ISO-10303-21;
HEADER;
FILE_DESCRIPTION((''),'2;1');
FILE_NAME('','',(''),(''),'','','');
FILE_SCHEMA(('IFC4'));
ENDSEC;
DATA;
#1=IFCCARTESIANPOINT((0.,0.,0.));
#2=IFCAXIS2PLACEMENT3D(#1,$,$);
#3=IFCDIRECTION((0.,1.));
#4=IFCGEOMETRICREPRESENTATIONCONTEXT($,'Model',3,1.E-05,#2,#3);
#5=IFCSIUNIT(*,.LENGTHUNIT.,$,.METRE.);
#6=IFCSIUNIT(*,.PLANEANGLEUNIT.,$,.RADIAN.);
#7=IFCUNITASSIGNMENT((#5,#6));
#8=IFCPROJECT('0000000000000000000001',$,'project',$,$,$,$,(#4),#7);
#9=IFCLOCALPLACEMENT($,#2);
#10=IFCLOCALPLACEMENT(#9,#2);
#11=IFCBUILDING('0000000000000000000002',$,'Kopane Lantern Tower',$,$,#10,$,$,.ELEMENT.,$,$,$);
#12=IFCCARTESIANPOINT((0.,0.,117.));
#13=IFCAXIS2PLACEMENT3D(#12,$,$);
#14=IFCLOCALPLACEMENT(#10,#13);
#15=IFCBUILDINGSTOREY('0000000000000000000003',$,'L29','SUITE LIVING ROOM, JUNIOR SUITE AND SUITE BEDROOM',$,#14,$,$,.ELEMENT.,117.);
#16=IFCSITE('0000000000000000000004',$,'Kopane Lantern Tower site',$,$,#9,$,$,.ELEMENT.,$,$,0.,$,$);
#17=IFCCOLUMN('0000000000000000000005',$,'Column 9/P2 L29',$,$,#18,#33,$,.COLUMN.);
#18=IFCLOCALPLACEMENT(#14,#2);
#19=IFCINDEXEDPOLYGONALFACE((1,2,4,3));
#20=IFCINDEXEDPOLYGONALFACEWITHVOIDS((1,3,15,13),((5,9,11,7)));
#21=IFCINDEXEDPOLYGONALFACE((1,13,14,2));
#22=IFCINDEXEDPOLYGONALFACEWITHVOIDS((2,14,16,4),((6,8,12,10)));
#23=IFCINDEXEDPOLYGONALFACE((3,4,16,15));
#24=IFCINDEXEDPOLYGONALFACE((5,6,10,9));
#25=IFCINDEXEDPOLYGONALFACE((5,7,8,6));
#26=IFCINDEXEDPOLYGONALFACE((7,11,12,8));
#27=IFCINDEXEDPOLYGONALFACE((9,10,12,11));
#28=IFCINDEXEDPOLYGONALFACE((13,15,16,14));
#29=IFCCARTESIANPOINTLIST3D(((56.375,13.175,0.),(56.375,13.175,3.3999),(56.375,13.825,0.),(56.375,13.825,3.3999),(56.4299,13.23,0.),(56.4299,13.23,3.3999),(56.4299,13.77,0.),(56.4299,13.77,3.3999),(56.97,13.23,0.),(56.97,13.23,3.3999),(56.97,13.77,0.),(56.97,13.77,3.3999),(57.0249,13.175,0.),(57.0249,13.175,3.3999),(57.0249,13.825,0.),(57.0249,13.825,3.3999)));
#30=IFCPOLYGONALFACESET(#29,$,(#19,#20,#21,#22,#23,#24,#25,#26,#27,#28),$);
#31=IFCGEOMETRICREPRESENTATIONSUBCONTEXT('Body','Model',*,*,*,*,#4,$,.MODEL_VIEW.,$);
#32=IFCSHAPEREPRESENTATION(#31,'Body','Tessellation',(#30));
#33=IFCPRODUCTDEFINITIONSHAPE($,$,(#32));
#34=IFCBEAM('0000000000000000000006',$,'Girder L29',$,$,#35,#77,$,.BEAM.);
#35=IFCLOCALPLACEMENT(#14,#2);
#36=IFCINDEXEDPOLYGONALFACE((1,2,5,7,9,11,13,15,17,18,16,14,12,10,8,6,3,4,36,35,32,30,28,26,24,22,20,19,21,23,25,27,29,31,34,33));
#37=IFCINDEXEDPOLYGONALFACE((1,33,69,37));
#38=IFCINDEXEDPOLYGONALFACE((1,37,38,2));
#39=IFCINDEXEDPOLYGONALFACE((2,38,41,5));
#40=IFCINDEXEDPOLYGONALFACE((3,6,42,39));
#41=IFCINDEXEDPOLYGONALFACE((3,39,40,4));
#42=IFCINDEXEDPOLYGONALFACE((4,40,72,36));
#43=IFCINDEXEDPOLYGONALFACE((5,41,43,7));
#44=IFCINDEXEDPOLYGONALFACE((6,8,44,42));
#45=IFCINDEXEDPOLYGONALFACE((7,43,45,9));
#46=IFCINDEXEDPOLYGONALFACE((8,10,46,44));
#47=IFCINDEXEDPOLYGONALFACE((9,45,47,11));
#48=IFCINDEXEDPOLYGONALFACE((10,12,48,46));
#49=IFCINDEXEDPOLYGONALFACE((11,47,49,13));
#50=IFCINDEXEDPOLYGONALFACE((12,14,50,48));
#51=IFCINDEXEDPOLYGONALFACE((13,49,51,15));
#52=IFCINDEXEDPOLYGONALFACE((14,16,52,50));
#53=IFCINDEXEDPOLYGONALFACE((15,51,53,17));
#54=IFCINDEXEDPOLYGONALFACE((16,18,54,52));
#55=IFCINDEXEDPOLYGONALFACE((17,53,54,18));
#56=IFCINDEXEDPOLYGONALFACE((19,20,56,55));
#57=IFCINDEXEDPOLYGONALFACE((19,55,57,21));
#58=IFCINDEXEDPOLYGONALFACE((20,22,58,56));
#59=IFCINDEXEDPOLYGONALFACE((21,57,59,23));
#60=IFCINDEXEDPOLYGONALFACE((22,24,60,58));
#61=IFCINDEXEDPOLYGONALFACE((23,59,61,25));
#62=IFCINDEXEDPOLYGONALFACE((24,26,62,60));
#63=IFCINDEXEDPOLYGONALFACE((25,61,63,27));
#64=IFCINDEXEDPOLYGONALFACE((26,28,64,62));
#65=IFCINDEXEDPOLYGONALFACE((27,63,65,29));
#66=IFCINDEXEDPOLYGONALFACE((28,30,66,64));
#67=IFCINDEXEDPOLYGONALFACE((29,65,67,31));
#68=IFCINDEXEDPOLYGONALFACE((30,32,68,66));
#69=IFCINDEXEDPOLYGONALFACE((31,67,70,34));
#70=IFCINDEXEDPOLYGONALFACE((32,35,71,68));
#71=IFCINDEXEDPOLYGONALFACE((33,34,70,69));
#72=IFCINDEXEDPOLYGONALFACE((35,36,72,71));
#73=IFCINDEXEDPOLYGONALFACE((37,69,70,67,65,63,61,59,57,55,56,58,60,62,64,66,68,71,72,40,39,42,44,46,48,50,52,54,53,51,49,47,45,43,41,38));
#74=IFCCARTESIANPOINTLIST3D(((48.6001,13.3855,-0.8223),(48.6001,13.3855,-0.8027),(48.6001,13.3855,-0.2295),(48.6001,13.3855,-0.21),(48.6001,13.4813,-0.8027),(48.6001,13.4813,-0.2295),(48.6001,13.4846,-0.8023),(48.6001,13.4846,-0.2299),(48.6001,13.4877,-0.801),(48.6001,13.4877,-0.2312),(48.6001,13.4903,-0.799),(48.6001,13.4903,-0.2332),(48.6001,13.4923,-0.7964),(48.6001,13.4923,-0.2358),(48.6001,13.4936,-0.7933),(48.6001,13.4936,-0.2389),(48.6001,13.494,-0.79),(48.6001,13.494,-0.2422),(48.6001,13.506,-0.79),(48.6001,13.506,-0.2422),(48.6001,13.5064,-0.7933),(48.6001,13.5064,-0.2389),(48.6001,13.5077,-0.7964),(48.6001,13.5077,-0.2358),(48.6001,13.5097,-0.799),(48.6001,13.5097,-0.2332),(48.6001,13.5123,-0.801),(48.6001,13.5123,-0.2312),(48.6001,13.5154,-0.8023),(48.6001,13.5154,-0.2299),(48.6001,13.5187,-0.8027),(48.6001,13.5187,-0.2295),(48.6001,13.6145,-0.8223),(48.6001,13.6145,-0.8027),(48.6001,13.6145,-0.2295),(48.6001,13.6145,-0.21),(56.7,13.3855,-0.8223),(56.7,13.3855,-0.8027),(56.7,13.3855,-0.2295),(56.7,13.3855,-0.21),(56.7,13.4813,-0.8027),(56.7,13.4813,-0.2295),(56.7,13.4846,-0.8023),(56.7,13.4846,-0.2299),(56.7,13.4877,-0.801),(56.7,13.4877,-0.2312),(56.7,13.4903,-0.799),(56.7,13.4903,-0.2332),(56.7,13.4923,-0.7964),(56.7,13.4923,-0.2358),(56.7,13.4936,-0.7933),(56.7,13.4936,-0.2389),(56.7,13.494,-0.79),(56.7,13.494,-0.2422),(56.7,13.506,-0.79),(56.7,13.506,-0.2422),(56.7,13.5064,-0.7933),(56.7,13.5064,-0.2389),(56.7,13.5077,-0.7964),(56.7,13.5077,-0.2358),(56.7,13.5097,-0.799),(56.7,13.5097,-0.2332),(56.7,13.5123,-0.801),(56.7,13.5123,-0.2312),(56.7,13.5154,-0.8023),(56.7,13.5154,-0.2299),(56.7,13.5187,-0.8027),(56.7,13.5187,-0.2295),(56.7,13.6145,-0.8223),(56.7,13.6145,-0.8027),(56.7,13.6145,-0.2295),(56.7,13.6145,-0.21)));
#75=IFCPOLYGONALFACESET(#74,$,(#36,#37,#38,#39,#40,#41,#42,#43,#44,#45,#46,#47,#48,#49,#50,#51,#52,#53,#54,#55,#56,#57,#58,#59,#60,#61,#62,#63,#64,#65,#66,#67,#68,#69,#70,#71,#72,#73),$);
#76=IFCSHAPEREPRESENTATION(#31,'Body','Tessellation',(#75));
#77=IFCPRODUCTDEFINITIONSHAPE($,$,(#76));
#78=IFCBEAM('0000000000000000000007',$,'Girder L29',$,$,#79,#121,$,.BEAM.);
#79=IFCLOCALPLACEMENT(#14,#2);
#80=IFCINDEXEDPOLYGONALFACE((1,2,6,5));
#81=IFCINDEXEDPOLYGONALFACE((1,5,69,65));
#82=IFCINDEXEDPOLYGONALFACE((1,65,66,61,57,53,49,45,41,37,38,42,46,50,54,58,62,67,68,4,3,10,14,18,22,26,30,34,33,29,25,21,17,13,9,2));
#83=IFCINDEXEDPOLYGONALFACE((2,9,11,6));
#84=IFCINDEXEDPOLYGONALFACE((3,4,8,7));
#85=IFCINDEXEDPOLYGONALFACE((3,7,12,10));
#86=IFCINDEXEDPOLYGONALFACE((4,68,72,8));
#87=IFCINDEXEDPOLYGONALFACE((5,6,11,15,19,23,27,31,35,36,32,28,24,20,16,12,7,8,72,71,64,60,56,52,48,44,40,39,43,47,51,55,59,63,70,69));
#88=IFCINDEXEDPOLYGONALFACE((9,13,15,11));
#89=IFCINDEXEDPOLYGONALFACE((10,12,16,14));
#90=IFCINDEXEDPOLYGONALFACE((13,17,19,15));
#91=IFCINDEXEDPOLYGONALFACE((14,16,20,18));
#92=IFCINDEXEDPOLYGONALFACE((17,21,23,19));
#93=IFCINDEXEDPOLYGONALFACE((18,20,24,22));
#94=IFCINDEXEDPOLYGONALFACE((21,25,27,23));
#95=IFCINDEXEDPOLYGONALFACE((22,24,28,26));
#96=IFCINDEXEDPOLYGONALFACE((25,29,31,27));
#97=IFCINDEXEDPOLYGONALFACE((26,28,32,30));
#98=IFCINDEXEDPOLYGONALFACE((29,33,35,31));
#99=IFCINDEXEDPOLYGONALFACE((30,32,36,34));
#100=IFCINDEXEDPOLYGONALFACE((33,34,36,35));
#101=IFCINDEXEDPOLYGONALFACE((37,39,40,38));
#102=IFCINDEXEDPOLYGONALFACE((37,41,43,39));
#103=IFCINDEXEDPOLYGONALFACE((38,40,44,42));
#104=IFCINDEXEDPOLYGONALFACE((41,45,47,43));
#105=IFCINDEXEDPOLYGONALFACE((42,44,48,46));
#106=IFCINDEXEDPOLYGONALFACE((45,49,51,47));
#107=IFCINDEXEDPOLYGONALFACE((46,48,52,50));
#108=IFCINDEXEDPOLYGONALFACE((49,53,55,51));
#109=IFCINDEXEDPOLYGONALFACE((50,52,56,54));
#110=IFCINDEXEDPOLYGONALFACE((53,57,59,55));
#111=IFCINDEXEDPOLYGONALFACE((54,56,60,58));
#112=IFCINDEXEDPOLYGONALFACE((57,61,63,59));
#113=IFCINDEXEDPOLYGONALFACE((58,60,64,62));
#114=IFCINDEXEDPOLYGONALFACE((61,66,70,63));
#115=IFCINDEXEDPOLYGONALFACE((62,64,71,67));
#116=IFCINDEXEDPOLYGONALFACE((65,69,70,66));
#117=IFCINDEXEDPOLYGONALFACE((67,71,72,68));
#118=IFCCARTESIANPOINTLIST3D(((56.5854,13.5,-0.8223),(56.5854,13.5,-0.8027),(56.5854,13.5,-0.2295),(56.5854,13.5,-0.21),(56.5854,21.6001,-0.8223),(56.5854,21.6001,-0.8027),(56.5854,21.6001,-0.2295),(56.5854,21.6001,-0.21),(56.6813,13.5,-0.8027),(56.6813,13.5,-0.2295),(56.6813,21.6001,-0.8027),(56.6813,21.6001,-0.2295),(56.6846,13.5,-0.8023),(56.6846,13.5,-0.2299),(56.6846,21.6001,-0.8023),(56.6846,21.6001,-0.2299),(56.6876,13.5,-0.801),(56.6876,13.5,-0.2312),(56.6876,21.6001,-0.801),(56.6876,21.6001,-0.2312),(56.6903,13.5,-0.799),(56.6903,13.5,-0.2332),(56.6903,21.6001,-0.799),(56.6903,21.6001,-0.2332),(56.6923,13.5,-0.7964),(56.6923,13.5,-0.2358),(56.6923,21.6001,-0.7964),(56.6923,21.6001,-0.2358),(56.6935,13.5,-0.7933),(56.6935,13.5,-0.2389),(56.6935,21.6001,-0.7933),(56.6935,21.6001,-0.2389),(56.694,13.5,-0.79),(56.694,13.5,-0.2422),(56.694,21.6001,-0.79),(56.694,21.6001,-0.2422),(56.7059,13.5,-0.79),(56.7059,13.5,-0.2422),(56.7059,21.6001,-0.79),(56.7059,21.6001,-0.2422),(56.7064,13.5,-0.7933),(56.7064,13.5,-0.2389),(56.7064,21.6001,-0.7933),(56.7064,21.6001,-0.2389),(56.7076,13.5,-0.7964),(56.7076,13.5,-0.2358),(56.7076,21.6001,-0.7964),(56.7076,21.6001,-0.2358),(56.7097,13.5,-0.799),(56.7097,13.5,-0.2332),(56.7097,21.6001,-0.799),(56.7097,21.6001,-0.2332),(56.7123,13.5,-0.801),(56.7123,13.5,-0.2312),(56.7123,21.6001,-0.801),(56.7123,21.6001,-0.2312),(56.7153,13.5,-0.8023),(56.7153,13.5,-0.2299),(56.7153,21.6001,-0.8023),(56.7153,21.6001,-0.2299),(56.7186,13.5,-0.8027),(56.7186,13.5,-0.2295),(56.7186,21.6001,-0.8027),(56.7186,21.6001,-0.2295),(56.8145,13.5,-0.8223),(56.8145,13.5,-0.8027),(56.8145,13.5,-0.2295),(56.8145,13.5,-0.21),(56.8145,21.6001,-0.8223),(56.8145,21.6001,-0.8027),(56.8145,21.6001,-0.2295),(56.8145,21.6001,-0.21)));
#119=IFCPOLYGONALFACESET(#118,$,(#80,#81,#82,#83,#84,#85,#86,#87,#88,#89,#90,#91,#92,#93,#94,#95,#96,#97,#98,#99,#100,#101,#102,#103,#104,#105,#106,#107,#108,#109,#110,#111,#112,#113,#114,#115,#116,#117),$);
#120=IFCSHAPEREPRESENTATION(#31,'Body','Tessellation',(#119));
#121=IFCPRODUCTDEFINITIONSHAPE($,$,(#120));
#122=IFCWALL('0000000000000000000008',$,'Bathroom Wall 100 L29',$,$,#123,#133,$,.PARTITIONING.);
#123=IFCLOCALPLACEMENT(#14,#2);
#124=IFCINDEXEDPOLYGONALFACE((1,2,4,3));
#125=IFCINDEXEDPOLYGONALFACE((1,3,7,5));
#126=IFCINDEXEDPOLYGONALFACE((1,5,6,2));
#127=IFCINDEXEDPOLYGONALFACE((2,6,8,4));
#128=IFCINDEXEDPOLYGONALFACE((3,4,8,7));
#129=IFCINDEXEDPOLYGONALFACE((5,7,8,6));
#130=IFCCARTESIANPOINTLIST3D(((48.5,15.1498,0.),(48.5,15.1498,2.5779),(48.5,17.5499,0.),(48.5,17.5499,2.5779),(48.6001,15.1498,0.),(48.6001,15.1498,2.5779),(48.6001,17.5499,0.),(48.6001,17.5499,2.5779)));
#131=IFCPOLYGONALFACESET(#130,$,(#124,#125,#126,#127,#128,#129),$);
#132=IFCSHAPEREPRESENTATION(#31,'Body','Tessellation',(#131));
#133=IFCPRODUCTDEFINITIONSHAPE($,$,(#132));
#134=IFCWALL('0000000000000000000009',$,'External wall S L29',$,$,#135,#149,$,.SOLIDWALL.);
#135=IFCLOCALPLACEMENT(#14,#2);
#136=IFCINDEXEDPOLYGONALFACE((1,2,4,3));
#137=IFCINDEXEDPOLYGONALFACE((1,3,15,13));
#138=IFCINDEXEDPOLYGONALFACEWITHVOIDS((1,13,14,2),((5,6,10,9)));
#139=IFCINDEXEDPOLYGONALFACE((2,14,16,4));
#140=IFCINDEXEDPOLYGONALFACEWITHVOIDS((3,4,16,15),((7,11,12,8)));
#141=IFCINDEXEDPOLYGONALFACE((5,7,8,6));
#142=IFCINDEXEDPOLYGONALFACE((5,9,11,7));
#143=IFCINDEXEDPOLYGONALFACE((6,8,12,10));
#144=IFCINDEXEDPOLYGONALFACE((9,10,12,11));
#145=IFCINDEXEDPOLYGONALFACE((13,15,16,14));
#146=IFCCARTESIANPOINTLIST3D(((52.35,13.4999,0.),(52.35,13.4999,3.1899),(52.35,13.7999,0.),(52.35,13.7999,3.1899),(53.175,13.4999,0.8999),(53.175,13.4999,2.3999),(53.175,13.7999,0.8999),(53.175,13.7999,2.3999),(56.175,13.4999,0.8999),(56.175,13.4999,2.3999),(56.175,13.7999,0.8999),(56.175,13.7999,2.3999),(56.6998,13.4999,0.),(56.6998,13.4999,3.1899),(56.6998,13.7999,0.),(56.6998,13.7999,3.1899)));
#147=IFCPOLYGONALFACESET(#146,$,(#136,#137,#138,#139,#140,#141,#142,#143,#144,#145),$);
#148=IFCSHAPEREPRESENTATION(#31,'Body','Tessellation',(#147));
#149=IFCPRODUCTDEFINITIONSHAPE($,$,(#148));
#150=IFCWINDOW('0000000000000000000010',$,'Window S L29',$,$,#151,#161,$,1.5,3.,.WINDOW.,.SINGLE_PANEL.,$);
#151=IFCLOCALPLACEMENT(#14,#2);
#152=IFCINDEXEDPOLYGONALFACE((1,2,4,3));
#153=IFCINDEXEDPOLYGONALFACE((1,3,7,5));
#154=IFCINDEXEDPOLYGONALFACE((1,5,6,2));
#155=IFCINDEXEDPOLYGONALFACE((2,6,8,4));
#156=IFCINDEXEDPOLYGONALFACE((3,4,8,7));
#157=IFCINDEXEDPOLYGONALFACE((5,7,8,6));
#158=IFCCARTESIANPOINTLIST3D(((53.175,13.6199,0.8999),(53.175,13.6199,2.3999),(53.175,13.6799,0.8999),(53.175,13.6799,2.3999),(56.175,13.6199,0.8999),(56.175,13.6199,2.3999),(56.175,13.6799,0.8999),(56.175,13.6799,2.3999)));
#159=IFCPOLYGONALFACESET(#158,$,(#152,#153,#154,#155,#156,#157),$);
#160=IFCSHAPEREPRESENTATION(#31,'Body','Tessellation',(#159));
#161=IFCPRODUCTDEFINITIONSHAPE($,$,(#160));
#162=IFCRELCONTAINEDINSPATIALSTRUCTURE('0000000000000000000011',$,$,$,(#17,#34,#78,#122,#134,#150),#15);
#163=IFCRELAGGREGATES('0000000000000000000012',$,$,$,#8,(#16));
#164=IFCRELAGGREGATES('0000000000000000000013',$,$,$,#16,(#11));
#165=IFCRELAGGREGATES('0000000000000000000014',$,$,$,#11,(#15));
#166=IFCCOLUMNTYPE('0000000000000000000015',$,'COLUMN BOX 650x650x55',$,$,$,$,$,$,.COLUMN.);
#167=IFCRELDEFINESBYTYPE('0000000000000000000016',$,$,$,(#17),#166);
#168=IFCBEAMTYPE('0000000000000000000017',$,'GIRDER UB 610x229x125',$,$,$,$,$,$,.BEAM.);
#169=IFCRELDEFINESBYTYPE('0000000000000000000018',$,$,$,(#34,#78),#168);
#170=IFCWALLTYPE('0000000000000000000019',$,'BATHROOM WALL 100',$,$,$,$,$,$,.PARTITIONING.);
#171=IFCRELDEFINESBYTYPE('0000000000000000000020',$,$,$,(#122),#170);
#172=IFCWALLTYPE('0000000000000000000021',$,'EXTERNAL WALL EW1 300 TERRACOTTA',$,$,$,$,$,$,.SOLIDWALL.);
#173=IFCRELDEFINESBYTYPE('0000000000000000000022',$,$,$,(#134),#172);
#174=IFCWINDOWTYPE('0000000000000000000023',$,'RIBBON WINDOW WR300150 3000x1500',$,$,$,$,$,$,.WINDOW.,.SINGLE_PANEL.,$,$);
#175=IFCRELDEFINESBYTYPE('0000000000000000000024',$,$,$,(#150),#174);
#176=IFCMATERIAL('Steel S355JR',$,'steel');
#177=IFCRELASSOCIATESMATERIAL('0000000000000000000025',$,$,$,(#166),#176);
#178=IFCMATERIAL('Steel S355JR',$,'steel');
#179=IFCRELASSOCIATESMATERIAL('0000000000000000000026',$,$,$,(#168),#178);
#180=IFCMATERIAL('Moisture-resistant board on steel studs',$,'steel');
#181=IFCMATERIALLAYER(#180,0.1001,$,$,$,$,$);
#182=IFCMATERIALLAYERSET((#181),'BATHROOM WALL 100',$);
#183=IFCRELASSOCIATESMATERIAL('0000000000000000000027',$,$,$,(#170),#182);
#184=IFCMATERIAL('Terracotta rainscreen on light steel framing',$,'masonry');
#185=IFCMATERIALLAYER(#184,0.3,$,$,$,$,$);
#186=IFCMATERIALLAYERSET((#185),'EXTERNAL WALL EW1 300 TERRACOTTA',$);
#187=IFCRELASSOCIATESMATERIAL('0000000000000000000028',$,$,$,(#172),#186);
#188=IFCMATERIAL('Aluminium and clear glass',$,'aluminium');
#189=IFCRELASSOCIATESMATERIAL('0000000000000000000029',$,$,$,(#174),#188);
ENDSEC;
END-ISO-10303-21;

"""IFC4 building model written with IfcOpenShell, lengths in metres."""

from ifc_helpers import new_model, si_unit, direction, frame, frame_2d, origin, origin_2d, place, context, subcontext, project, spatial, rectangle, hollow_rectangle, i_section, extrude, material, layer, layer_set, material_profile, profile_set, type_object, element, fill, save


model = new_model("IFC4")

# Units and contexts
model_context = context("Model", 3, precision=1e-05, world=origin(), true_north=direction((0.0, 1.0)))
body_context = subcontext(model_context, "Body", "Model", "MODEL_VIEW")
ifc_project = project(units=[si_unit("LENGTHUNIT", "METRE"), si_unit("PLANEANGLEUNIT", "RADIAN")], contexts=[model_context])

# Site, building, storey
site_placement = place(None, origin())
site = spatial("IfcSite", under=ifc_project, at=site_placement, Name="Kopane Lantern Tower site", CompositionType="ELEMENT", RefElevation=0.0)
building_placement = place(site_placement, origin())
building = spatial("IfcBuilding", under=site, at=building_placement, Name="Kopane Lantern Tower", CompositionType="ELEMENT")
storey_placement = place(building_placement, frame((0.0, 0.0, 117.0)))
storey = spatial("IfcBuildingStorey", under=building, at=storey_placement, Name="L29", Description="SUITE LIVING ROOM, JUNIOR SUITE AND SUITE BEDROOM", CompositionType="ELEMENT", Elevation=117.0)

# Column
ifc_material_1 = material(Name="Steel S355JR", Category="steel")
ifc_material_profile_1 = material_profile(ifc_material_1, hollow_rectangle(XDim=0.6499, YDim=0.6499, WallThickness=0.0549, at=origin_2d()), Name="BOX 650x650x55")
ifc_profile_set_1 = profile_set([ifc_material_profile_1], Name="Steel S355JR")
column_type = type_object("IfcColumnType", Name="COLUMN BOX 650x650x55", PredefinedType="COLUMN", material=ifc_profile_set_1)
column_placement = place(storey_placement, frame((56.7, 13.5, 0.0), z_axis=(0.0, 0.0, 1.0), x_axis=(1.0, 0.0, 0.0)))
element("IfcColumn", 1, at=column_placement, inside=storey, type_object=column_type, Name="Column 9/P2 L29", PredefinedType="COLUMN", context=body_context, shape_type="SweptSolid", body=[
    extrude(hollow_rectangle(XDim=0.6499, YDim=0.6499, WallThickness=0.0549, at=origin_2d()), origin(), (0.0, 0.0, 1.0), 3.3999),
])

# Beams
ifc_material_2 = material(Name="Steel S355JR", Category="steel")
ifc_material_profile_2 = material_profile(ifc_material_2, i_section(OverallWidth=0.229, OverallDepth=0.6123, WebThickness=0.012, FlangeThickness=0.0195, FilletRadius=0.0127, at=origin_2d()), Name="UB 610x229x125")
ifc_profile_set_2 = profile_set([ifc_material_profile_2], Name="Steel S355JR")
beam_type = type_object("IfcBeamType", Name="GIRDER UB 610x229x125", PredefinedType="BEAM", material=ifc_profile_set_2)
beam_1_placement = place(storey_placement, frame((48.6001, 13.5, -0.5161), z_axis=(1.0, 0.0, 0.0), x_axis=(0.0, 1.0, 0.0)))
element("IfcBeam", 2, at=beam_1_placement, inside=storey, type_object=beam_type, Name="Girder L29", PredefinedType="BEAM", context=body_context, shape_type="SweptSolid", body=[
    extrude(i_section(OverallWidth=0.229, OverallDepth=0.6123, WebThickness=0.012, FlangeThickness=0.0195, FilletRadius=0.0127, at=origin_2d()), origin(), (0.0, 0.0, 1.0), 8.0999),
])
beam_2_placement = place(storey_placement, frame((56.7, 13.5, -0.5161), z_axis=(0.0, 1.0, 0.0), x_axis=(-1.0, 0.0, 0.0)))
element("IfcBeam", 3, at=beam_2_placement, inside=storey, type_object=beam_type, Name="Girder L29", PredefinedType="BEAM", context=body_context, shape_type="SweptSolid", body=[
    extrude(i_section(OverallWidth=0.229, OverallDepth=0.6123, WebThickness=0.012, FlangeThickness=0.0195, FilletRadius=0.0127, at=origin_2d()), origin(), (0.0, 0.0, 1.0), 8.1001),
])

# Wall
ifc_material_3 = material(Name="Moisture-resistant board on steel studs", Category="steel")
ifc_layer_1 = layer(ifc_material_3, 0.1001)
ifc_layer_set_1 = layer_set([ifc_layer_1], Name="BATHROOM WALL 100")
wall_type_1 = type_object("IfcWallType", Name="BATHROOM WALL 100", PredefinedType="PARTITIONING", material=ifc_layer_set_1)
wall_1_placement = place(storey_placement, frame((48.55, 17.55, 0.0), z_axis=(0.0, 0.0, 1.0), x_axis=(0.0, -1.0, 0.0)))
element("IfcWall", 4, at=wall_1_placement, inside=storey, type_object=wall_type_1, Name="Bathroom Wall 100 L29", PredefinedType="PARTITIONING", context=body_context, shape_type="SweptSolid", body=[
    extrude(rectangle(XDim=2.4001, YDim=0.1001, at=frame_2d((1.2002, 0.0))), origin(), (0.0, 0.0, 1.0), 2.5779),
])

# Wall, opening, window
ifc_material_4 = material(Name="Terracotta rainscreen on light steel framing", Category="masonry")
ifc_layer_2 = layer(ifc_material_4, 0.3)
ifc_layer_set_2 = layer_set([ifc_layer_2], Name="EXTERNAL WALL EW1 300 TERRACOTTA")
wall_type_2 = type_object("IfcWallType", Name="EXTERNAL WALL EW1 300 TERRACOTTA", PredefinedType="SOLIDWALL", material=ifc_layer_set_2)
wall_2_placement = place(storey_placement, frame((52.3501, 13.6499, 0.0), z_axis=(0.0, 0.0, 1.0), x_axis=(1.0, 0.0, 0.0)))
wall_2 = element("IfcWall", 5, at=wall_2_placement, inside=storey, type_object=wall_type_2, Name="External wall S L29", PredefinedType="SOLIDWALL", context=body_context, shape_type="SweptSolid", body=[
    extrude(rectangle(XDim=4.3499, YDim=0.3, at=frame_2d((2.1748, 0.0))), origin(), (0.0, 0.0, 1.0), 3.1899),
])
opening_1_placement = place(wall_2_placement, frame((0.825, 0.0, 0.8999)))
opening_1 = element("IfcOpeningElement", 6, at=opening_1_placement, cuts=wall_2, PredefinedType="OPENING", context=body_context, shape_type="SweptSolid", body=[
    extrude(rectangle(XDim=3.0, YDim=1.5, at=frame_2d((1.5, 0.75))), frame((0.0, 0.1599, 0.0), z_axis=(0.0, -1.0, 0.0), x_axis=(1.0, 0.0, 0.0)), (0.0, 0.0, 1.0), 0.3201),
])
ifc_material_5 = material(Name="Aluminium and clear glass", Category="aluminium")
window_type_1 = type_object("IfcWindowType", Name="RIBBON WINDOW WR300150 3000x1500", PartitioningType="SINGLE_PANEL", PredefinedType="WINDOW", material=ifc_material_5)
window_1_placement = place(opening_1_placement, origin())
window_1 = element("IfcWindow", 7, at=window_1_placement, inside=storey, type_object=window_type_1, Name="Window S L29", OverallHeight=1.5, OverallWidth=3.0, PartitioningType="SINGLE_PANEL", PredefinedType="WINDOW", context=body_context, shape_type="SweptSolid", body=[
    extrude(rectangle(XDim=3.0, YDim=1.5, at=frame_2d((1.5, 0.75))), frame((0.0, 0.03, 0.0), z_axis=(0.0, -1.0, 0.0), x_axis=(1.0, 0.0, 0.0)), (0.0, 0.0, 1.0), 0.0601),
])
fill(opening_1, window_1)

save(model, "model.ifc")
